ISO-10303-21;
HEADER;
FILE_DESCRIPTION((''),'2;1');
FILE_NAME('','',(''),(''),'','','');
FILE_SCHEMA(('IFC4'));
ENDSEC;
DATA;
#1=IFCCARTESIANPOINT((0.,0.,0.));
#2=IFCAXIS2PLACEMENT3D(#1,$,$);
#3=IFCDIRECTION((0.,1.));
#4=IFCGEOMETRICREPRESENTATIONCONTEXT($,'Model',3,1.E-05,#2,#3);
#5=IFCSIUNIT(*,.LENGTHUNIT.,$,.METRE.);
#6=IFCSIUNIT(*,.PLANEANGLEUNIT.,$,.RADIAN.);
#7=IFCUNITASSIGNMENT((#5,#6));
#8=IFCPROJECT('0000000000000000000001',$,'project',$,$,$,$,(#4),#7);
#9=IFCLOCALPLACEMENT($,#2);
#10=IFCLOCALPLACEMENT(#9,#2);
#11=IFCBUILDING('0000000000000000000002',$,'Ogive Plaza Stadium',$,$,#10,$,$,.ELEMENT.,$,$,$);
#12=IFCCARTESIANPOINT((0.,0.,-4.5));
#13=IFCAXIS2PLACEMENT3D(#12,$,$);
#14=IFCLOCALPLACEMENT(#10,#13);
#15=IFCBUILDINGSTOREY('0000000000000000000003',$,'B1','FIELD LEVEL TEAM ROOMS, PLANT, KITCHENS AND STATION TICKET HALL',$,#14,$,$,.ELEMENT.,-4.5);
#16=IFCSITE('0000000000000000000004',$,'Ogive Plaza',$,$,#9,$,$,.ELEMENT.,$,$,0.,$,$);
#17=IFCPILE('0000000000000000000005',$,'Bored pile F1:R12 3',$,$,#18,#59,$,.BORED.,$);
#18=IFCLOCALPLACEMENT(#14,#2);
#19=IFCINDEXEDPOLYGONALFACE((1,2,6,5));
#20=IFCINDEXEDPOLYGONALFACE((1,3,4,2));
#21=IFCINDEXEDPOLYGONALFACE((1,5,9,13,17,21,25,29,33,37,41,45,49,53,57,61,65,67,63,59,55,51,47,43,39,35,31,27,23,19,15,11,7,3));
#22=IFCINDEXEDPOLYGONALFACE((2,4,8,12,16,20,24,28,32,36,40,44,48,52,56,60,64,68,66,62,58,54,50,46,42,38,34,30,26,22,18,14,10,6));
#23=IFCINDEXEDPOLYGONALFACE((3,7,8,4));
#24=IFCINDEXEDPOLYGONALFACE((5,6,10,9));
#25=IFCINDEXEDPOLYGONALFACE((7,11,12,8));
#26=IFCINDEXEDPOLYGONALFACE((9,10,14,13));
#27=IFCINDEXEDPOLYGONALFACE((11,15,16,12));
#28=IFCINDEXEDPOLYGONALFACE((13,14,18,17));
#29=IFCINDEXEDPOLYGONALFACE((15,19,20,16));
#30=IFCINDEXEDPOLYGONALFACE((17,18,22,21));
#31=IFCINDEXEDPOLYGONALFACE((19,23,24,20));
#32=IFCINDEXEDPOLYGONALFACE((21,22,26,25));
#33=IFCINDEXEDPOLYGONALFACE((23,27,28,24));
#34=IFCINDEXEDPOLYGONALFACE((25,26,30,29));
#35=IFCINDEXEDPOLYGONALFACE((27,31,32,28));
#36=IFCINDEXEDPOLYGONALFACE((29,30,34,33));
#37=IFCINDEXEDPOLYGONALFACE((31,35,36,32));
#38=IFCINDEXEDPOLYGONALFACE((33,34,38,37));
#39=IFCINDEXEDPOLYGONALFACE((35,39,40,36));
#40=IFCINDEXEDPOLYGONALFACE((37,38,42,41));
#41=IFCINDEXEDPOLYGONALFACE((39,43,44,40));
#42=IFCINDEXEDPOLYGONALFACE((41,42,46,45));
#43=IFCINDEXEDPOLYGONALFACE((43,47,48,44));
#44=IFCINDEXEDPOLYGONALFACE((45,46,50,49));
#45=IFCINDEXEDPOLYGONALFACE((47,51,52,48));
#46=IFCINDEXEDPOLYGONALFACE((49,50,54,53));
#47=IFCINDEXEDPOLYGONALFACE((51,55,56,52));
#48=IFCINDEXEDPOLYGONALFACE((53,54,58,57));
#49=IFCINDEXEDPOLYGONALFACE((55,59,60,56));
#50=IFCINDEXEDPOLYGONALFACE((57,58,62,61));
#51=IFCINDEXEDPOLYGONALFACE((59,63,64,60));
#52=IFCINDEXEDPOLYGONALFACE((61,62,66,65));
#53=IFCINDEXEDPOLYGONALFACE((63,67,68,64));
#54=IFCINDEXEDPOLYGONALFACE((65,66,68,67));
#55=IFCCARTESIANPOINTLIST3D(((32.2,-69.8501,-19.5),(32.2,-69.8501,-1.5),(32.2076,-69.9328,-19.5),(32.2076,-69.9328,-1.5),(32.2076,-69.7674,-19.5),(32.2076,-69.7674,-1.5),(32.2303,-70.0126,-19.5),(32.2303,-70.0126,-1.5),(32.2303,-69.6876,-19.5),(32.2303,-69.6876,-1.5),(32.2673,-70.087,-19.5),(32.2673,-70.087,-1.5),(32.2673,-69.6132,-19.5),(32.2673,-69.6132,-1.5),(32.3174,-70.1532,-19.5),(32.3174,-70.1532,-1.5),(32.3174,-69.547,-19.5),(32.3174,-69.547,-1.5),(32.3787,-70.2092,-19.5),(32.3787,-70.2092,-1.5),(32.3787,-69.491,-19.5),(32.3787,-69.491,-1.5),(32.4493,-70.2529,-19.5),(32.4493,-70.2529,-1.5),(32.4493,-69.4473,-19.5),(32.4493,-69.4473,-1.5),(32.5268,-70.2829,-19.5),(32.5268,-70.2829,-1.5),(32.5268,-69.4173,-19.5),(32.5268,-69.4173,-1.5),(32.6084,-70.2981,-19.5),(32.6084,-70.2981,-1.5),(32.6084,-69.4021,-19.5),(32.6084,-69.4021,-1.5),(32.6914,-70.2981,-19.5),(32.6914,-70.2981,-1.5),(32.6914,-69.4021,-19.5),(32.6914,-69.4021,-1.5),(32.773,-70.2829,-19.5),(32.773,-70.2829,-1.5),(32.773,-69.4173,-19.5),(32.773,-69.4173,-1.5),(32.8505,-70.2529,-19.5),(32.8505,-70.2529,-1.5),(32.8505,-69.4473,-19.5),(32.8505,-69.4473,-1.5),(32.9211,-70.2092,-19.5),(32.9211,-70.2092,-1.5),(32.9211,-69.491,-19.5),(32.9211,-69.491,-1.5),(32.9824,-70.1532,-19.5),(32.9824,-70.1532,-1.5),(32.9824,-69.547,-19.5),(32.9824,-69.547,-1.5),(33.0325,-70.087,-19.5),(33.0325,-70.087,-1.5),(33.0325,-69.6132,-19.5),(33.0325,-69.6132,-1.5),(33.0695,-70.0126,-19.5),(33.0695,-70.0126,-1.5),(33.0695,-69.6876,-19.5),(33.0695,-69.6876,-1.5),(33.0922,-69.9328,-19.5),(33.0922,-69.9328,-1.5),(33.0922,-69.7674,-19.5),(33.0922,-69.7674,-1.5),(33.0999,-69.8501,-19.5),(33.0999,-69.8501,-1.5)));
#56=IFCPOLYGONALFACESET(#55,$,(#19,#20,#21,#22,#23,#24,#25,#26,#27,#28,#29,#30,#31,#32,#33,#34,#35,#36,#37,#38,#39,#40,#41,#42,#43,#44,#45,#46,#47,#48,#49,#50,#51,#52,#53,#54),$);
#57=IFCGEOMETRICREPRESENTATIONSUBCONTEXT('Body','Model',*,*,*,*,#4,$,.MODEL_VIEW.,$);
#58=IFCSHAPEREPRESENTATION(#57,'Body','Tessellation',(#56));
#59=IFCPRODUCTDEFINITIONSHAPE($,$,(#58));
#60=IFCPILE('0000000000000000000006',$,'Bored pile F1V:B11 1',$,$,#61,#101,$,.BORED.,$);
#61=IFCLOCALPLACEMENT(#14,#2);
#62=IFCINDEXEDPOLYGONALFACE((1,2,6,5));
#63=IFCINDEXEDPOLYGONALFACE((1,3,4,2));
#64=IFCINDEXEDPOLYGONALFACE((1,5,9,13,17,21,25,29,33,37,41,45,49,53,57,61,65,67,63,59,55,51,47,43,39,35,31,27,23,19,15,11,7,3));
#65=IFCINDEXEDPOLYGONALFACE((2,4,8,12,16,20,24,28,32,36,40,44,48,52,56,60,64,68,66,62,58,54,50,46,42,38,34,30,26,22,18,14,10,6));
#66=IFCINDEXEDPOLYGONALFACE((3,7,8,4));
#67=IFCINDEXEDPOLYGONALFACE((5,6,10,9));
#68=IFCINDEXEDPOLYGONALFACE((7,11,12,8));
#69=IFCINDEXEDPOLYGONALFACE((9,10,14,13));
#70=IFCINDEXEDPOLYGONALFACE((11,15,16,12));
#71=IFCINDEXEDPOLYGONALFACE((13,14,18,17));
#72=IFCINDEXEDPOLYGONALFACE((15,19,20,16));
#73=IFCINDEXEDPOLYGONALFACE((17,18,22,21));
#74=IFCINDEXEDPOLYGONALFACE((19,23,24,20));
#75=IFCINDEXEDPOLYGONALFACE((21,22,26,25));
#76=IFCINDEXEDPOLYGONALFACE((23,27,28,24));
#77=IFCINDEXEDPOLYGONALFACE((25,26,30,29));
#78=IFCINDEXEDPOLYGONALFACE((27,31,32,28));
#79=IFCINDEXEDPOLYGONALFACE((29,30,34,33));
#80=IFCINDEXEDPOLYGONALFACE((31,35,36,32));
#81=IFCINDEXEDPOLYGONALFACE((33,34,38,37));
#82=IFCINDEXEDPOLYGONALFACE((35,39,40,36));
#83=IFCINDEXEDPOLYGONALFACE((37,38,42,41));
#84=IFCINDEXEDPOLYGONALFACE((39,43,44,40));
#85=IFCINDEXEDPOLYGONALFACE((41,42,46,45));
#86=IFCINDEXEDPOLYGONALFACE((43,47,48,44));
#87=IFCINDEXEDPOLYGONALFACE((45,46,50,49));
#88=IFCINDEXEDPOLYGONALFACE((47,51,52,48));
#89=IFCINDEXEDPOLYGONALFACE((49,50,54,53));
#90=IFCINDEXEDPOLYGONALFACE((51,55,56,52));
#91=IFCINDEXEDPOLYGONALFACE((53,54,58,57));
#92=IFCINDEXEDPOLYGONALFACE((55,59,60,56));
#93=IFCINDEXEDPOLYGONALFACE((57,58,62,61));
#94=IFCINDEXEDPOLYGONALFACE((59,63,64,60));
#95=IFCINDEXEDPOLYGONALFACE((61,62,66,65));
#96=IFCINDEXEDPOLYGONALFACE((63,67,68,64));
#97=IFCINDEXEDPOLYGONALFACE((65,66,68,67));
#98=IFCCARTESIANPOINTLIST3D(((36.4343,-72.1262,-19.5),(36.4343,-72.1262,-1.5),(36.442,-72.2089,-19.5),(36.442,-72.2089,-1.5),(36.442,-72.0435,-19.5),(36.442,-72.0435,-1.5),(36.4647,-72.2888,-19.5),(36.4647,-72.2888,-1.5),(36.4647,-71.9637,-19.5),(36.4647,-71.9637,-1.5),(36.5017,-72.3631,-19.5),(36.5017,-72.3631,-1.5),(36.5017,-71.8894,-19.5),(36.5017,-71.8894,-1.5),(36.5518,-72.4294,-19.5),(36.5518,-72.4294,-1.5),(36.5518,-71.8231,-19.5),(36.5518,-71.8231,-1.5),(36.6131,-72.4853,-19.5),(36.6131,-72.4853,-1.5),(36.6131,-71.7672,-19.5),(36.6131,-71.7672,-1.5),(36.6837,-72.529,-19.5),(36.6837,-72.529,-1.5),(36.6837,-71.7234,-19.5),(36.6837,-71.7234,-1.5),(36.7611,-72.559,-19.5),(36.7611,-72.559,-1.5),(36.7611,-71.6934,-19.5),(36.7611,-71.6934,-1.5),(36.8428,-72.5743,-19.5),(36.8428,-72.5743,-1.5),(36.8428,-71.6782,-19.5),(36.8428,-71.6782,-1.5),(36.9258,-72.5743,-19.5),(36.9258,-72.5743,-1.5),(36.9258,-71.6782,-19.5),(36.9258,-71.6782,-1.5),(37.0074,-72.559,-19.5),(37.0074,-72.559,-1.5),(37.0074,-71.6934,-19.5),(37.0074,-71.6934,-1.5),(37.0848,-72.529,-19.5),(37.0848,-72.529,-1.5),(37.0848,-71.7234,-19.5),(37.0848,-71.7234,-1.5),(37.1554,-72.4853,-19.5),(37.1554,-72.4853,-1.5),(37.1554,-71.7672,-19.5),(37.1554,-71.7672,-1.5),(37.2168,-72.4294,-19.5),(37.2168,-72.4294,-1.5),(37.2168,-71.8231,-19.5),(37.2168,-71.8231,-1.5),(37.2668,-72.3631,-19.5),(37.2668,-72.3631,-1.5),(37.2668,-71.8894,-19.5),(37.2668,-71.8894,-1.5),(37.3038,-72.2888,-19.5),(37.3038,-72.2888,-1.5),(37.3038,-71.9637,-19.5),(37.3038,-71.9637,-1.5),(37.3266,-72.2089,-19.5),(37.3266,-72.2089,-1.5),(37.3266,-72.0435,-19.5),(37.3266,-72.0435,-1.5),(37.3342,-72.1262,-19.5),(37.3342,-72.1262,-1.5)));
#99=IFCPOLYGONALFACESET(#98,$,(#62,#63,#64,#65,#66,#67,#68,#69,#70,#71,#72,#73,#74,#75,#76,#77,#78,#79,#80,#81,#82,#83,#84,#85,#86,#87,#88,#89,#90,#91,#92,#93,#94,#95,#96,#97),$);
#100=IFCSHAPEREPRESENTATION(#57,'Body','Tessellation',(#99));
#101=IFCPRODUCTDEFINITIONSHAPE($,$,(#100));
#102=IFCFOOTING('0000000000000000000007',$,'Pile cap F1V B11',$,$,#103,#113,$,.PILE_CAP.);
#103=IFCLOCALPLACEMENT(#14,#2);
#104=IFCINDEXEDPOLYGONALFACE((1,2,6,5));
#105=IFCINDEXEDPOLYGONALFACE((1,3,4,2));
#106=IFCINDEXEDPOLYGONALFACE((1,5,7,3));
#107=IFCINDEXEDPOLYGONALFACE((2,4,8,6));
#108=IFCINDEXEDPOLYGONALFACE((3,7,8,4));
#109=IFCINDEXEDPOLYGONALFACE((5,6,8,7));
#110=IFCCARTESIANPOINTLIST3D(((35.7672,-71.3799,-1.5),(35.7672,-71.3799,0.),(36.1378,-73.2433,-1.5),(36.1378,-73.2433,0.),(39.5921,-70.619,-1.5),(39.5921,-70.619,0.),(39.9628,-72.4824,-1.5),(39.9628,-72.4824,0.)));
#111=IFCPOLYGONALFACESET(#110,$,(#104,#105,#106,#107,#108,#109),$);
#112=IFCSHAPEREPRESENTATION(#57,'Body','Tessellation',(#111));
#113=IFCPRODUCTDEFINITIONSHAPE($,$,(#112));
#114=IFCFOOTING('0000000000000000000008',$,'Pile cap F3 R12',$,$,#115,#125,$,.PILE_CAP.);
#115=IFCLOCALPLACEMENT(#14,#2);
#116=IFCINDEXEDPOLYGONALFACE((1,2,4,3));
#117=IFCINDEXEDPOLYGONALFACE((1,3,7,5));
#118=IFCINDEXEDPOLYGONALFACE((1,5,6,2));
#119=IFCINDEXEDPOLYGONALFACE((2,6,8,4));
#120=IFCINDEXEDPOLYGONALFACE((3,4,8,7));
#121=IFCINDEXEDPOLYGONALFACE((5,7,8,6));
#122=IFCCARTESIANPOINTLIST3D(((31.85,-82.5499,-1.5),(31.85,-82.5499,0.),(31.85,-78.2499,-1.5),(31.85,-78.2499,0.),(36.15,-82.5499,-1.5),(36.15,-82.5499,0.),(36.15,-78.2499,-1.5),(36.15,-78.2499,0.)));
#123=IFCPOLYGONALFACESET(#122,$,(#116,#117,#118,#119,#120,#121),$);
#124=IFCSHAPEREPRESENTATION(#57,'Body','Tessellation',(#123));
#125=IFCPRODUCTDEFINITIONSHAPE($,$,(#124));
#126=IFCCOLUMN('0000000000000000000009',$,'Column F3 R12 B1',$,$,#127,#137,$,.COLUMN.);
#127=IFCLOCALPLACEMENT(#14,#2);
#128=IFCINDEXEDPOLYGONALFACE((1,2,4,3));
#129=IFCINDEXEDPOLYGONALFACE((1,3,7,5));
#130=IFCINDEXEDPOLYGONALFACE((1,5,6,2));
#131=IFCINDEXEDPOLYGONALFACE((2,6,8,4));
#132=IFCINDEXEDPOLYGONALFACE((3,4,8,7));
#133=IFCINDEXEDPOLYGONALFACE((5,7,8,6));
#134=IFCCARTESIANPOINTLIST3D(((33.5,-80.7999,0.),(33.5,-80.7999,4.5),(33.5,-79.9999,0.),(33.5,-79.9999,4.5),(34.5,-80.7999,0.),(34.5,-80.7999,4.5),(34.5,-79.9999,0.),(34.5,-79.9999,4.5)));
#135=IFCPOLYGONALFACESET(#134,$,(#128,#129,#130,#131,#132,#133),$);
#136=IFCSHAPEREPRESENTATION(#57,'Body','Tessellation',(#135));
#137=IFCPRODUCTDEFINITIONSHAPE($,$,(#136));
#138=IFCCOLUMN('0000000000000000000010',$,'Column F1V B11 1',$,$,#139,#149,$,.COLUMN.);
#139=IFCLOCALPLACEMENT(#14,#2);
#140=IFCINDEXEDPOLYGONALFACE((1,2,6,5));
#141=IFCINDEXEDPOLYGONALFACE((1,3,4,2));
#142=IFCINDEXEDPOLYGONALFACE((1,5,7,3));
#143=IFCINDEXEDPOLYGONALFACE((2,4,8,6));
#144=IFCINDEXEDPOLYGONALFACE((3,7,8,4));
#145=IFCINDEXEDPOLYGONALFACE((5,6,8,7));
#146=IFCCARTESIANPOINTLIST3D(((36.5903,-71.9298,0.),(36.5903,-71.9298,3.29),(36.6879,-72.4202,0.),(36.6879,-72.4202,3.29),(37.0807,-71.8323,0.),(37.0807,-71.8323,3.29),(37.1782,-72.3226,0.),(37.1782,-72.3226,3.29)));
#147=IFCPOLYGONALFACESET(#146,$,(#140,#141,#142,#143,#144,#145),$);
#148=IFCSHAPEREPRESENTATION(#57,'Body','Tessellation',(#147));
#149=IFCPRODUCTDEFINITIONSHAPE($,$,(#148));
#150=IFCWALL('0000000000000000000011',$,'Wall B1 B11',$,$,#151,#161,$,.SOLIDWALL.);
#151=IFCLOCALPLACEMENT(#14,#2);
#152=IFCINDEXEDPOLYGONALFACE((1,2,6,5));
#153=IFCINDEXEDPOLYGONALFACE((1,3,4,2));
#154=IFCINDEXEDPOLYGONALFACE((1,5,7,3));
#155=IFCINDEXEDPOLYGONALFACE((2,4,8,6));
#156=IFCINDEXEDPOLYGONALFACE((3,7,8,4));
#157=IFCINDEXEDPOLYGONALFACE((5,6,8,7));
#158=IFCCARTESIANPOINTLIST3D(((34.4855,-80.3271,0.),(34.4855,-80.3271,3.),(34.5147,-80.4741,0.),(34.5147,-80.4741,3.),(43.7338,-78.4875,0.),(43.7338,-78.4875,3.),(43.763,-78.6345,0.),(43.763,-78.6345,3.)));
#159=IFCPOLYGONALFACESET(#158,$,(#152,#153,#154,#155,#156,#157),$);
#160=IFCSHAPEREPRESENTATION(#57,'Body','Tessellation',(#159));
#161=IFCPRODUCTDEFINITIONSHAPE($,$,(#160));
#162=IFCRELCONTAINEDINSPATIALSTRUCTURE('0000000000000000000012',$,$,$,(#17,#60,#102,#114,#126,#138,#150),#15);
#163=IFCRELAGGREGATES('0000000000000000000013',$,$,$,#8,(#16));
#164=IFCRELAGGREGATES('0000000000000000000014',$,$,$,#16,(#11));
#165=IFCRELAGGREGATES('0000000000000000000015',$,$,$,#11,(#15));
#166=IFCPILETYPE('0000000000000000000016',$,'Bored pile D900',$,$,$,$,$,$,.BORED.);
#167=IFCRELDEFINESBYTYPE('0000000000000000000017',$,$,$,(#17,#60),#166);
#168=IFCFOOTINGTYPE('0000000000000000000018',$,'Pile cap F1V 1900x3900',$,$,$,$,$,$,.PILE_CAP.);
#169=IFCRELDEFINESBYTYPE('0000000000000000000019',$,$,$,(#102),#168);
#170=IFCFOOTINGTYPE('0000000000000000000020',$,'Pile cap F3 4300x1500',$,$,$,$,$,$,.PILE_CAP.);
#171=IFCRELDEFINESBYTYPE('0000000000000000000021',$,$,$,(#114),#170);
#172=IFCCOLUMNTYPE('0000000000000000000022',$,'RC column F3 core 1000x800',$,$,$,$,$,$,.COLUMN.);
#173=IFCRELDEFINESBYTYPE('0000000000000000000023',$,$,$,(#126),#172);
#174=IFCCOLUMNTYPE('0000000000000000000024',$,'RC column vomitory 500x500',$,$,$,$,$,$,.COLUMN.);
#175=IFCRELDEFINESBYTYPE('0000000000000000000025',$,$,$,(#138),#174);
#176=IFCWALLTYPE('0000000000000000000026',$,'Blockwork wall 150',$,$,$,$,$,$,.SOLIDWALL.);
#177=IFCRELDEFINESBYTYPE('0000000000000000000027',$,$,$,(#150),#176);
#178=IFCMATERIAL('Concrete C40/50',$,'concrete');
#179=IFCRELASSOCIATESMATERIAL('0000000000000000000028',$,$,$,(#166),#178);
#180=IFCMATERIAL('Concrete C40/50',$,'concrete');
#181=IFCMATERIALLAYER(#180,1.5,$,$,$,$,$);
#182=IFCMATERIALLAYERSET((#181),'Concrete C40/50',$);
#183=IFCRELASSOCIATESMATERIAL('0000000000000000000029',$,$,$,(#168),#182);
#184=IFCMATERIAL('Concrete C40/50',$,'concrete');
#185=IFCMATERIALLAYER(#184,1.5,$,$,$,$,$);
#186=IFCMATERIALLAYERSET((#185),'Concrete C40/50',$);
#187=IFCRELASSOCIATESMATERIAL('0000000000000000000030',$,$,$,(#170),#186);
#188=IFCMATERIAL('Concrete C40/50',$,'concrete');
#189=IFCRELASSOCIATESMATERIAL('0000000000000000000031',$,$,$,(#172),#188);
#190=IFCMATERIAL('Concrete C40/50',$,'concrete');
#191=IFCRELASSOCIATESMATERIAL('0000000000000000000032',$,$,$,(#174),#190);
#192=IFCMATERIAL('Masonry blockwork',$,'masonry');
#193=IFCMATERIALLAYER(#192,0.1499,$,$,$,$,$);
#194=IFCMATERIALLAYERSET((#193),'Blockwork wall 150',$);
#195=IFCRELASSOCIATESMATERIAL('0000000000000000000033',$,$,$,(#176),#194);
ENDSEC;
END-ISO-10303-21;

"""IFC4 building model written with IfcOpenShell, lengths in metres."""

from ifc_helpers import new_model, si_unit, direction, frame, frame_2d, origin, origin_2d, place, context, subcontext, project, spatial, rectangle, circle, extrude, material, layer, layer_set, material_profile, profile_set, type_object, element, save


model = new_model("IFC4")

# Units and contexts
model_context = context("Model", 3, precision=1e-05, world=origin(), true_north=direction((0.0, 1.0)))
body_context = subcontext(model_context, "Body", "Model", "MODEL_VIEW")
ifc_project = project(units=[si_unit("LENGTHUNIT", "METRE"), si_unit("PLANEANGLEUNIT", "RADIAN")], contexts=[model_context])

# Site, building, storey
site_placement = place(None, origin())
site = spatial("IfcSite", under=ifc_project, at=site_placement, Name="Ogive Plaza", CompositionType="ELEMENT", RefElevation=0.0)
building_placement = place(site_placement, origin())
building = spatial("IfcBuilding", under=site, at=building_placement, Name="Ogive Plaza Stadium", CompositionType="ELEMENT")
storey_placement = place(building_placement, frame((0.0, 0.0, -4.5)))
storey = spatial("IfcBuildingStorey", under=building, at=storey_placement, Name="B1", Description="FIELD LEVEL TEAM ROOMS, PLANT, KITCHENS AND STATION TICKET HALL", CompositionType="ELEMENT", Elevation=-4.5)

# Piles
ifc_material_1 = material(Name="Concrete C40/50", Category="concrete")
ifc_material_profile_1 = material_profile(ifc_material_1, circle(Radius=0.45, at=origin_2d()), Name="RC D900")
ifc_profile_set_1 = profile_set([ifc_material_profile_1], Name="Concrete C40/50")
pile_type_1 = type_object("IfcPileType", Name="Bored pile D900", PredefinedType="BORED", material=ifc_profile_set_1)
for number, where, z_axis, x_axis, name in (
    (1, (32.6499, -69.8501, -1.5), (0.0, 0.0, -1.0), (1.0, 0.0, 0.0), "Bored pile F1:R12 3"),
    (2, (36.8843, -72.1262, -1.5), (0.0, 0.0, -1.0), (1.0, 0.0, 0.0), "Bored pile F1V:B11 1"),
):
    element("IfcPile", number, at=place(storey_placement, frame(where, z_axis=z_axis, x_axis=x_axis)), inside=storey, type_object=pile_type_1, Name=name, PredefinedType="BORED", context=body_context, shape_type="SweptSolid", body=[
        extrude(circle(Radius=0.45, at=origin_2d()), origin(), (0.0, 0.0, 1.0), 18.0),
    ])

# Footings
ifc_material_2 = material(Name="Concrete C40/50", Category="concrete")
ifc_layer_1 = layer(ifc_material_2, 1.5)
ifc_layer_set_1 = layer_set([ifc_layer_1], Name="Concrete C40/50")
footing_type_1 = type_object("IfcFootingType", Name="Pile cap F1V 1900x3900", PredefinedType="PILE_CAP", material=ifc_layer_set_1)
footing_1_placement = place(storey_placement, frame((37.865, -71.9312, -1.5), z_axis=(0.0, 0.0, 1.0), x_axis=(0.19509, -0.980785, 0.0)))
element("IfcFooting", 3, at=footing_1_placement, inside=storey, type_object=footing_type_1, Name="Pile cap F1V B11", PredefinedType="PILE_CAP", context=body_context, shape_type="SweptSolid", body=[
    extrude(rectangle(XDim=1.8999, YDim=3.8999, at=origin_2d()), origin(), (0.0, 0.0, 1.0), 1.5),
])
ifc_material_3 = material(Name="Concrete C40/50", Category="concrete")
ifc_layer_2 = layer(ifc_material_3, 1.5)
ifc_layer_set_2 = layer_set([ifc_layer_2], Name="Concrete C40/50")
footing_type_2 = type_object("IfcFootingType", Name="Pile cap F3 4300x1500", PredefinedType="PILE_CAP", material=ifc_layer_set_2)
footing_2_placement = place(storey_placement, frame((34.0, -80.3999, -1.5), z_axis=(0.0, 0.0, 1.0), x_axis=(0.0, -1.0, 0.0)))
element("IfcFooting", 4, at=footing_2_placement, inside=storey, type_object=footing_type_2, Name="Pile cap F3 R12", PredefinedType="PILE_CAP", context=body_context, shape_type="SweptSolid", body=[
    extrude(rectangle(XDim=4.3, YDim=4.3, at=origin_2d()), origin(), (0.0, 0.0, 1.0), 1.5),
])

# Columns
ifc_material_4 = material(Name="Concrete C40/50", Category="concrete")
ifc_material_profile_2 = material_profile(ifc_material_4, rectangle(XDim=1.0, YDim=0.8, at=origin_2d()), Name="RC 1000x800")
ifc_profile_set_2 = profile_set([ifc_material_profile_2], Name="Concrete C40/50")
column_type_1 = type_object("IfcColumnType", Name="RC column F3 core 1000x800", PredefinedType="COLUMN", material=ifc_profile_set_2)
column_1_placement = place(storey_placement, frame((34.0, -80.3999, 0.0), z_axis=(0.0, 0.0, 1.0), x_axis=(1.0, 0.0, 0.0)))
element("IfcColumn", 5, at=column_1_placement, inside=storey, type_object=column_type_1, Name="Column F3 R12 B1", PredefinedType="COLUMN", context=body_context, shape_type="SweptSolid", body=[
    extrude(rectangle(XDim=1.0, YDim=0.8, at=origin_2d()), origin(), (0.0, 0.0, 1.0), 4.5),
])
ifc_material_5 = material(Name="Concrete C40/50", Category="concrete")
ifc_material_profile_3 = material_profile(ifc_material_5, rectangle(XDim=0.5, YDim=0.5, at=origin_2d()), Name="RC 500x500")
ifc_profile_set_3 = profile_set([ifc_material_profile_3], Name="Concrete C40/50")
column_type_2 = type_object("IfcColumnType", Name="RC column vomitory 500x500", PredefinedType="COLUMN", material=ifc_profile_set_3)
column_2_placement = place(storey_placement, frame((36.8843, -72.1262, 0.0), z_axis=(0.0, 0.0, 1.0), x_axis=(0.980785, 0.19509, 0.0)))
element("IfcColumn", 6, at=column_2_placement, inside=storey, type_object=column_type_2, Name="Column F1V B11 1", PredefinedType="COLUMN", context=body_context, shape_type="SweptSolid", body=[
    extrude(rectangle(XDim=0.5, YDim=0.5, at=origin_2d()), origin(), (0.0, 0.0, 1.0), 3.29),
])

# Wall
ifc_material_6 = material(Name="Masonry blockwork", Category="masonry")
ifc_layer_3 = layer(ifc_material_6, 0.1499)
ifc_layer_set_3 = layer_set([ifc_layer_3], Name="Blockwork wall 150")
wall_type = type_object("IfcWallType", Name="Blockwork wall 150", PredefinedType="SOLIDWALL", material=ifc_layer_set_3)
wall_1_placement = place(storey_placement, frame((34.5, -80.4006, 0.0), z_axis=(0.0, 0.0, 1.0), x_axis=(0.980785, 0.19509, 0.0)))
element("IfcWall", 7, at=wall_1_placement, inside=storey, type_object=wall_type, Name="Wall B1 B11", PredefinedType="SOLIDWALL", context=body_context, shape_type="SweptSolid", body=[
    extrude(rectangle(XDim=9.4294, YDim=0.1499, at=frame_2d((4.7148, 0.0))), origin(), (0.0, 0.0, 1.0), 3.0),
])

save(model, "model.ifc")
